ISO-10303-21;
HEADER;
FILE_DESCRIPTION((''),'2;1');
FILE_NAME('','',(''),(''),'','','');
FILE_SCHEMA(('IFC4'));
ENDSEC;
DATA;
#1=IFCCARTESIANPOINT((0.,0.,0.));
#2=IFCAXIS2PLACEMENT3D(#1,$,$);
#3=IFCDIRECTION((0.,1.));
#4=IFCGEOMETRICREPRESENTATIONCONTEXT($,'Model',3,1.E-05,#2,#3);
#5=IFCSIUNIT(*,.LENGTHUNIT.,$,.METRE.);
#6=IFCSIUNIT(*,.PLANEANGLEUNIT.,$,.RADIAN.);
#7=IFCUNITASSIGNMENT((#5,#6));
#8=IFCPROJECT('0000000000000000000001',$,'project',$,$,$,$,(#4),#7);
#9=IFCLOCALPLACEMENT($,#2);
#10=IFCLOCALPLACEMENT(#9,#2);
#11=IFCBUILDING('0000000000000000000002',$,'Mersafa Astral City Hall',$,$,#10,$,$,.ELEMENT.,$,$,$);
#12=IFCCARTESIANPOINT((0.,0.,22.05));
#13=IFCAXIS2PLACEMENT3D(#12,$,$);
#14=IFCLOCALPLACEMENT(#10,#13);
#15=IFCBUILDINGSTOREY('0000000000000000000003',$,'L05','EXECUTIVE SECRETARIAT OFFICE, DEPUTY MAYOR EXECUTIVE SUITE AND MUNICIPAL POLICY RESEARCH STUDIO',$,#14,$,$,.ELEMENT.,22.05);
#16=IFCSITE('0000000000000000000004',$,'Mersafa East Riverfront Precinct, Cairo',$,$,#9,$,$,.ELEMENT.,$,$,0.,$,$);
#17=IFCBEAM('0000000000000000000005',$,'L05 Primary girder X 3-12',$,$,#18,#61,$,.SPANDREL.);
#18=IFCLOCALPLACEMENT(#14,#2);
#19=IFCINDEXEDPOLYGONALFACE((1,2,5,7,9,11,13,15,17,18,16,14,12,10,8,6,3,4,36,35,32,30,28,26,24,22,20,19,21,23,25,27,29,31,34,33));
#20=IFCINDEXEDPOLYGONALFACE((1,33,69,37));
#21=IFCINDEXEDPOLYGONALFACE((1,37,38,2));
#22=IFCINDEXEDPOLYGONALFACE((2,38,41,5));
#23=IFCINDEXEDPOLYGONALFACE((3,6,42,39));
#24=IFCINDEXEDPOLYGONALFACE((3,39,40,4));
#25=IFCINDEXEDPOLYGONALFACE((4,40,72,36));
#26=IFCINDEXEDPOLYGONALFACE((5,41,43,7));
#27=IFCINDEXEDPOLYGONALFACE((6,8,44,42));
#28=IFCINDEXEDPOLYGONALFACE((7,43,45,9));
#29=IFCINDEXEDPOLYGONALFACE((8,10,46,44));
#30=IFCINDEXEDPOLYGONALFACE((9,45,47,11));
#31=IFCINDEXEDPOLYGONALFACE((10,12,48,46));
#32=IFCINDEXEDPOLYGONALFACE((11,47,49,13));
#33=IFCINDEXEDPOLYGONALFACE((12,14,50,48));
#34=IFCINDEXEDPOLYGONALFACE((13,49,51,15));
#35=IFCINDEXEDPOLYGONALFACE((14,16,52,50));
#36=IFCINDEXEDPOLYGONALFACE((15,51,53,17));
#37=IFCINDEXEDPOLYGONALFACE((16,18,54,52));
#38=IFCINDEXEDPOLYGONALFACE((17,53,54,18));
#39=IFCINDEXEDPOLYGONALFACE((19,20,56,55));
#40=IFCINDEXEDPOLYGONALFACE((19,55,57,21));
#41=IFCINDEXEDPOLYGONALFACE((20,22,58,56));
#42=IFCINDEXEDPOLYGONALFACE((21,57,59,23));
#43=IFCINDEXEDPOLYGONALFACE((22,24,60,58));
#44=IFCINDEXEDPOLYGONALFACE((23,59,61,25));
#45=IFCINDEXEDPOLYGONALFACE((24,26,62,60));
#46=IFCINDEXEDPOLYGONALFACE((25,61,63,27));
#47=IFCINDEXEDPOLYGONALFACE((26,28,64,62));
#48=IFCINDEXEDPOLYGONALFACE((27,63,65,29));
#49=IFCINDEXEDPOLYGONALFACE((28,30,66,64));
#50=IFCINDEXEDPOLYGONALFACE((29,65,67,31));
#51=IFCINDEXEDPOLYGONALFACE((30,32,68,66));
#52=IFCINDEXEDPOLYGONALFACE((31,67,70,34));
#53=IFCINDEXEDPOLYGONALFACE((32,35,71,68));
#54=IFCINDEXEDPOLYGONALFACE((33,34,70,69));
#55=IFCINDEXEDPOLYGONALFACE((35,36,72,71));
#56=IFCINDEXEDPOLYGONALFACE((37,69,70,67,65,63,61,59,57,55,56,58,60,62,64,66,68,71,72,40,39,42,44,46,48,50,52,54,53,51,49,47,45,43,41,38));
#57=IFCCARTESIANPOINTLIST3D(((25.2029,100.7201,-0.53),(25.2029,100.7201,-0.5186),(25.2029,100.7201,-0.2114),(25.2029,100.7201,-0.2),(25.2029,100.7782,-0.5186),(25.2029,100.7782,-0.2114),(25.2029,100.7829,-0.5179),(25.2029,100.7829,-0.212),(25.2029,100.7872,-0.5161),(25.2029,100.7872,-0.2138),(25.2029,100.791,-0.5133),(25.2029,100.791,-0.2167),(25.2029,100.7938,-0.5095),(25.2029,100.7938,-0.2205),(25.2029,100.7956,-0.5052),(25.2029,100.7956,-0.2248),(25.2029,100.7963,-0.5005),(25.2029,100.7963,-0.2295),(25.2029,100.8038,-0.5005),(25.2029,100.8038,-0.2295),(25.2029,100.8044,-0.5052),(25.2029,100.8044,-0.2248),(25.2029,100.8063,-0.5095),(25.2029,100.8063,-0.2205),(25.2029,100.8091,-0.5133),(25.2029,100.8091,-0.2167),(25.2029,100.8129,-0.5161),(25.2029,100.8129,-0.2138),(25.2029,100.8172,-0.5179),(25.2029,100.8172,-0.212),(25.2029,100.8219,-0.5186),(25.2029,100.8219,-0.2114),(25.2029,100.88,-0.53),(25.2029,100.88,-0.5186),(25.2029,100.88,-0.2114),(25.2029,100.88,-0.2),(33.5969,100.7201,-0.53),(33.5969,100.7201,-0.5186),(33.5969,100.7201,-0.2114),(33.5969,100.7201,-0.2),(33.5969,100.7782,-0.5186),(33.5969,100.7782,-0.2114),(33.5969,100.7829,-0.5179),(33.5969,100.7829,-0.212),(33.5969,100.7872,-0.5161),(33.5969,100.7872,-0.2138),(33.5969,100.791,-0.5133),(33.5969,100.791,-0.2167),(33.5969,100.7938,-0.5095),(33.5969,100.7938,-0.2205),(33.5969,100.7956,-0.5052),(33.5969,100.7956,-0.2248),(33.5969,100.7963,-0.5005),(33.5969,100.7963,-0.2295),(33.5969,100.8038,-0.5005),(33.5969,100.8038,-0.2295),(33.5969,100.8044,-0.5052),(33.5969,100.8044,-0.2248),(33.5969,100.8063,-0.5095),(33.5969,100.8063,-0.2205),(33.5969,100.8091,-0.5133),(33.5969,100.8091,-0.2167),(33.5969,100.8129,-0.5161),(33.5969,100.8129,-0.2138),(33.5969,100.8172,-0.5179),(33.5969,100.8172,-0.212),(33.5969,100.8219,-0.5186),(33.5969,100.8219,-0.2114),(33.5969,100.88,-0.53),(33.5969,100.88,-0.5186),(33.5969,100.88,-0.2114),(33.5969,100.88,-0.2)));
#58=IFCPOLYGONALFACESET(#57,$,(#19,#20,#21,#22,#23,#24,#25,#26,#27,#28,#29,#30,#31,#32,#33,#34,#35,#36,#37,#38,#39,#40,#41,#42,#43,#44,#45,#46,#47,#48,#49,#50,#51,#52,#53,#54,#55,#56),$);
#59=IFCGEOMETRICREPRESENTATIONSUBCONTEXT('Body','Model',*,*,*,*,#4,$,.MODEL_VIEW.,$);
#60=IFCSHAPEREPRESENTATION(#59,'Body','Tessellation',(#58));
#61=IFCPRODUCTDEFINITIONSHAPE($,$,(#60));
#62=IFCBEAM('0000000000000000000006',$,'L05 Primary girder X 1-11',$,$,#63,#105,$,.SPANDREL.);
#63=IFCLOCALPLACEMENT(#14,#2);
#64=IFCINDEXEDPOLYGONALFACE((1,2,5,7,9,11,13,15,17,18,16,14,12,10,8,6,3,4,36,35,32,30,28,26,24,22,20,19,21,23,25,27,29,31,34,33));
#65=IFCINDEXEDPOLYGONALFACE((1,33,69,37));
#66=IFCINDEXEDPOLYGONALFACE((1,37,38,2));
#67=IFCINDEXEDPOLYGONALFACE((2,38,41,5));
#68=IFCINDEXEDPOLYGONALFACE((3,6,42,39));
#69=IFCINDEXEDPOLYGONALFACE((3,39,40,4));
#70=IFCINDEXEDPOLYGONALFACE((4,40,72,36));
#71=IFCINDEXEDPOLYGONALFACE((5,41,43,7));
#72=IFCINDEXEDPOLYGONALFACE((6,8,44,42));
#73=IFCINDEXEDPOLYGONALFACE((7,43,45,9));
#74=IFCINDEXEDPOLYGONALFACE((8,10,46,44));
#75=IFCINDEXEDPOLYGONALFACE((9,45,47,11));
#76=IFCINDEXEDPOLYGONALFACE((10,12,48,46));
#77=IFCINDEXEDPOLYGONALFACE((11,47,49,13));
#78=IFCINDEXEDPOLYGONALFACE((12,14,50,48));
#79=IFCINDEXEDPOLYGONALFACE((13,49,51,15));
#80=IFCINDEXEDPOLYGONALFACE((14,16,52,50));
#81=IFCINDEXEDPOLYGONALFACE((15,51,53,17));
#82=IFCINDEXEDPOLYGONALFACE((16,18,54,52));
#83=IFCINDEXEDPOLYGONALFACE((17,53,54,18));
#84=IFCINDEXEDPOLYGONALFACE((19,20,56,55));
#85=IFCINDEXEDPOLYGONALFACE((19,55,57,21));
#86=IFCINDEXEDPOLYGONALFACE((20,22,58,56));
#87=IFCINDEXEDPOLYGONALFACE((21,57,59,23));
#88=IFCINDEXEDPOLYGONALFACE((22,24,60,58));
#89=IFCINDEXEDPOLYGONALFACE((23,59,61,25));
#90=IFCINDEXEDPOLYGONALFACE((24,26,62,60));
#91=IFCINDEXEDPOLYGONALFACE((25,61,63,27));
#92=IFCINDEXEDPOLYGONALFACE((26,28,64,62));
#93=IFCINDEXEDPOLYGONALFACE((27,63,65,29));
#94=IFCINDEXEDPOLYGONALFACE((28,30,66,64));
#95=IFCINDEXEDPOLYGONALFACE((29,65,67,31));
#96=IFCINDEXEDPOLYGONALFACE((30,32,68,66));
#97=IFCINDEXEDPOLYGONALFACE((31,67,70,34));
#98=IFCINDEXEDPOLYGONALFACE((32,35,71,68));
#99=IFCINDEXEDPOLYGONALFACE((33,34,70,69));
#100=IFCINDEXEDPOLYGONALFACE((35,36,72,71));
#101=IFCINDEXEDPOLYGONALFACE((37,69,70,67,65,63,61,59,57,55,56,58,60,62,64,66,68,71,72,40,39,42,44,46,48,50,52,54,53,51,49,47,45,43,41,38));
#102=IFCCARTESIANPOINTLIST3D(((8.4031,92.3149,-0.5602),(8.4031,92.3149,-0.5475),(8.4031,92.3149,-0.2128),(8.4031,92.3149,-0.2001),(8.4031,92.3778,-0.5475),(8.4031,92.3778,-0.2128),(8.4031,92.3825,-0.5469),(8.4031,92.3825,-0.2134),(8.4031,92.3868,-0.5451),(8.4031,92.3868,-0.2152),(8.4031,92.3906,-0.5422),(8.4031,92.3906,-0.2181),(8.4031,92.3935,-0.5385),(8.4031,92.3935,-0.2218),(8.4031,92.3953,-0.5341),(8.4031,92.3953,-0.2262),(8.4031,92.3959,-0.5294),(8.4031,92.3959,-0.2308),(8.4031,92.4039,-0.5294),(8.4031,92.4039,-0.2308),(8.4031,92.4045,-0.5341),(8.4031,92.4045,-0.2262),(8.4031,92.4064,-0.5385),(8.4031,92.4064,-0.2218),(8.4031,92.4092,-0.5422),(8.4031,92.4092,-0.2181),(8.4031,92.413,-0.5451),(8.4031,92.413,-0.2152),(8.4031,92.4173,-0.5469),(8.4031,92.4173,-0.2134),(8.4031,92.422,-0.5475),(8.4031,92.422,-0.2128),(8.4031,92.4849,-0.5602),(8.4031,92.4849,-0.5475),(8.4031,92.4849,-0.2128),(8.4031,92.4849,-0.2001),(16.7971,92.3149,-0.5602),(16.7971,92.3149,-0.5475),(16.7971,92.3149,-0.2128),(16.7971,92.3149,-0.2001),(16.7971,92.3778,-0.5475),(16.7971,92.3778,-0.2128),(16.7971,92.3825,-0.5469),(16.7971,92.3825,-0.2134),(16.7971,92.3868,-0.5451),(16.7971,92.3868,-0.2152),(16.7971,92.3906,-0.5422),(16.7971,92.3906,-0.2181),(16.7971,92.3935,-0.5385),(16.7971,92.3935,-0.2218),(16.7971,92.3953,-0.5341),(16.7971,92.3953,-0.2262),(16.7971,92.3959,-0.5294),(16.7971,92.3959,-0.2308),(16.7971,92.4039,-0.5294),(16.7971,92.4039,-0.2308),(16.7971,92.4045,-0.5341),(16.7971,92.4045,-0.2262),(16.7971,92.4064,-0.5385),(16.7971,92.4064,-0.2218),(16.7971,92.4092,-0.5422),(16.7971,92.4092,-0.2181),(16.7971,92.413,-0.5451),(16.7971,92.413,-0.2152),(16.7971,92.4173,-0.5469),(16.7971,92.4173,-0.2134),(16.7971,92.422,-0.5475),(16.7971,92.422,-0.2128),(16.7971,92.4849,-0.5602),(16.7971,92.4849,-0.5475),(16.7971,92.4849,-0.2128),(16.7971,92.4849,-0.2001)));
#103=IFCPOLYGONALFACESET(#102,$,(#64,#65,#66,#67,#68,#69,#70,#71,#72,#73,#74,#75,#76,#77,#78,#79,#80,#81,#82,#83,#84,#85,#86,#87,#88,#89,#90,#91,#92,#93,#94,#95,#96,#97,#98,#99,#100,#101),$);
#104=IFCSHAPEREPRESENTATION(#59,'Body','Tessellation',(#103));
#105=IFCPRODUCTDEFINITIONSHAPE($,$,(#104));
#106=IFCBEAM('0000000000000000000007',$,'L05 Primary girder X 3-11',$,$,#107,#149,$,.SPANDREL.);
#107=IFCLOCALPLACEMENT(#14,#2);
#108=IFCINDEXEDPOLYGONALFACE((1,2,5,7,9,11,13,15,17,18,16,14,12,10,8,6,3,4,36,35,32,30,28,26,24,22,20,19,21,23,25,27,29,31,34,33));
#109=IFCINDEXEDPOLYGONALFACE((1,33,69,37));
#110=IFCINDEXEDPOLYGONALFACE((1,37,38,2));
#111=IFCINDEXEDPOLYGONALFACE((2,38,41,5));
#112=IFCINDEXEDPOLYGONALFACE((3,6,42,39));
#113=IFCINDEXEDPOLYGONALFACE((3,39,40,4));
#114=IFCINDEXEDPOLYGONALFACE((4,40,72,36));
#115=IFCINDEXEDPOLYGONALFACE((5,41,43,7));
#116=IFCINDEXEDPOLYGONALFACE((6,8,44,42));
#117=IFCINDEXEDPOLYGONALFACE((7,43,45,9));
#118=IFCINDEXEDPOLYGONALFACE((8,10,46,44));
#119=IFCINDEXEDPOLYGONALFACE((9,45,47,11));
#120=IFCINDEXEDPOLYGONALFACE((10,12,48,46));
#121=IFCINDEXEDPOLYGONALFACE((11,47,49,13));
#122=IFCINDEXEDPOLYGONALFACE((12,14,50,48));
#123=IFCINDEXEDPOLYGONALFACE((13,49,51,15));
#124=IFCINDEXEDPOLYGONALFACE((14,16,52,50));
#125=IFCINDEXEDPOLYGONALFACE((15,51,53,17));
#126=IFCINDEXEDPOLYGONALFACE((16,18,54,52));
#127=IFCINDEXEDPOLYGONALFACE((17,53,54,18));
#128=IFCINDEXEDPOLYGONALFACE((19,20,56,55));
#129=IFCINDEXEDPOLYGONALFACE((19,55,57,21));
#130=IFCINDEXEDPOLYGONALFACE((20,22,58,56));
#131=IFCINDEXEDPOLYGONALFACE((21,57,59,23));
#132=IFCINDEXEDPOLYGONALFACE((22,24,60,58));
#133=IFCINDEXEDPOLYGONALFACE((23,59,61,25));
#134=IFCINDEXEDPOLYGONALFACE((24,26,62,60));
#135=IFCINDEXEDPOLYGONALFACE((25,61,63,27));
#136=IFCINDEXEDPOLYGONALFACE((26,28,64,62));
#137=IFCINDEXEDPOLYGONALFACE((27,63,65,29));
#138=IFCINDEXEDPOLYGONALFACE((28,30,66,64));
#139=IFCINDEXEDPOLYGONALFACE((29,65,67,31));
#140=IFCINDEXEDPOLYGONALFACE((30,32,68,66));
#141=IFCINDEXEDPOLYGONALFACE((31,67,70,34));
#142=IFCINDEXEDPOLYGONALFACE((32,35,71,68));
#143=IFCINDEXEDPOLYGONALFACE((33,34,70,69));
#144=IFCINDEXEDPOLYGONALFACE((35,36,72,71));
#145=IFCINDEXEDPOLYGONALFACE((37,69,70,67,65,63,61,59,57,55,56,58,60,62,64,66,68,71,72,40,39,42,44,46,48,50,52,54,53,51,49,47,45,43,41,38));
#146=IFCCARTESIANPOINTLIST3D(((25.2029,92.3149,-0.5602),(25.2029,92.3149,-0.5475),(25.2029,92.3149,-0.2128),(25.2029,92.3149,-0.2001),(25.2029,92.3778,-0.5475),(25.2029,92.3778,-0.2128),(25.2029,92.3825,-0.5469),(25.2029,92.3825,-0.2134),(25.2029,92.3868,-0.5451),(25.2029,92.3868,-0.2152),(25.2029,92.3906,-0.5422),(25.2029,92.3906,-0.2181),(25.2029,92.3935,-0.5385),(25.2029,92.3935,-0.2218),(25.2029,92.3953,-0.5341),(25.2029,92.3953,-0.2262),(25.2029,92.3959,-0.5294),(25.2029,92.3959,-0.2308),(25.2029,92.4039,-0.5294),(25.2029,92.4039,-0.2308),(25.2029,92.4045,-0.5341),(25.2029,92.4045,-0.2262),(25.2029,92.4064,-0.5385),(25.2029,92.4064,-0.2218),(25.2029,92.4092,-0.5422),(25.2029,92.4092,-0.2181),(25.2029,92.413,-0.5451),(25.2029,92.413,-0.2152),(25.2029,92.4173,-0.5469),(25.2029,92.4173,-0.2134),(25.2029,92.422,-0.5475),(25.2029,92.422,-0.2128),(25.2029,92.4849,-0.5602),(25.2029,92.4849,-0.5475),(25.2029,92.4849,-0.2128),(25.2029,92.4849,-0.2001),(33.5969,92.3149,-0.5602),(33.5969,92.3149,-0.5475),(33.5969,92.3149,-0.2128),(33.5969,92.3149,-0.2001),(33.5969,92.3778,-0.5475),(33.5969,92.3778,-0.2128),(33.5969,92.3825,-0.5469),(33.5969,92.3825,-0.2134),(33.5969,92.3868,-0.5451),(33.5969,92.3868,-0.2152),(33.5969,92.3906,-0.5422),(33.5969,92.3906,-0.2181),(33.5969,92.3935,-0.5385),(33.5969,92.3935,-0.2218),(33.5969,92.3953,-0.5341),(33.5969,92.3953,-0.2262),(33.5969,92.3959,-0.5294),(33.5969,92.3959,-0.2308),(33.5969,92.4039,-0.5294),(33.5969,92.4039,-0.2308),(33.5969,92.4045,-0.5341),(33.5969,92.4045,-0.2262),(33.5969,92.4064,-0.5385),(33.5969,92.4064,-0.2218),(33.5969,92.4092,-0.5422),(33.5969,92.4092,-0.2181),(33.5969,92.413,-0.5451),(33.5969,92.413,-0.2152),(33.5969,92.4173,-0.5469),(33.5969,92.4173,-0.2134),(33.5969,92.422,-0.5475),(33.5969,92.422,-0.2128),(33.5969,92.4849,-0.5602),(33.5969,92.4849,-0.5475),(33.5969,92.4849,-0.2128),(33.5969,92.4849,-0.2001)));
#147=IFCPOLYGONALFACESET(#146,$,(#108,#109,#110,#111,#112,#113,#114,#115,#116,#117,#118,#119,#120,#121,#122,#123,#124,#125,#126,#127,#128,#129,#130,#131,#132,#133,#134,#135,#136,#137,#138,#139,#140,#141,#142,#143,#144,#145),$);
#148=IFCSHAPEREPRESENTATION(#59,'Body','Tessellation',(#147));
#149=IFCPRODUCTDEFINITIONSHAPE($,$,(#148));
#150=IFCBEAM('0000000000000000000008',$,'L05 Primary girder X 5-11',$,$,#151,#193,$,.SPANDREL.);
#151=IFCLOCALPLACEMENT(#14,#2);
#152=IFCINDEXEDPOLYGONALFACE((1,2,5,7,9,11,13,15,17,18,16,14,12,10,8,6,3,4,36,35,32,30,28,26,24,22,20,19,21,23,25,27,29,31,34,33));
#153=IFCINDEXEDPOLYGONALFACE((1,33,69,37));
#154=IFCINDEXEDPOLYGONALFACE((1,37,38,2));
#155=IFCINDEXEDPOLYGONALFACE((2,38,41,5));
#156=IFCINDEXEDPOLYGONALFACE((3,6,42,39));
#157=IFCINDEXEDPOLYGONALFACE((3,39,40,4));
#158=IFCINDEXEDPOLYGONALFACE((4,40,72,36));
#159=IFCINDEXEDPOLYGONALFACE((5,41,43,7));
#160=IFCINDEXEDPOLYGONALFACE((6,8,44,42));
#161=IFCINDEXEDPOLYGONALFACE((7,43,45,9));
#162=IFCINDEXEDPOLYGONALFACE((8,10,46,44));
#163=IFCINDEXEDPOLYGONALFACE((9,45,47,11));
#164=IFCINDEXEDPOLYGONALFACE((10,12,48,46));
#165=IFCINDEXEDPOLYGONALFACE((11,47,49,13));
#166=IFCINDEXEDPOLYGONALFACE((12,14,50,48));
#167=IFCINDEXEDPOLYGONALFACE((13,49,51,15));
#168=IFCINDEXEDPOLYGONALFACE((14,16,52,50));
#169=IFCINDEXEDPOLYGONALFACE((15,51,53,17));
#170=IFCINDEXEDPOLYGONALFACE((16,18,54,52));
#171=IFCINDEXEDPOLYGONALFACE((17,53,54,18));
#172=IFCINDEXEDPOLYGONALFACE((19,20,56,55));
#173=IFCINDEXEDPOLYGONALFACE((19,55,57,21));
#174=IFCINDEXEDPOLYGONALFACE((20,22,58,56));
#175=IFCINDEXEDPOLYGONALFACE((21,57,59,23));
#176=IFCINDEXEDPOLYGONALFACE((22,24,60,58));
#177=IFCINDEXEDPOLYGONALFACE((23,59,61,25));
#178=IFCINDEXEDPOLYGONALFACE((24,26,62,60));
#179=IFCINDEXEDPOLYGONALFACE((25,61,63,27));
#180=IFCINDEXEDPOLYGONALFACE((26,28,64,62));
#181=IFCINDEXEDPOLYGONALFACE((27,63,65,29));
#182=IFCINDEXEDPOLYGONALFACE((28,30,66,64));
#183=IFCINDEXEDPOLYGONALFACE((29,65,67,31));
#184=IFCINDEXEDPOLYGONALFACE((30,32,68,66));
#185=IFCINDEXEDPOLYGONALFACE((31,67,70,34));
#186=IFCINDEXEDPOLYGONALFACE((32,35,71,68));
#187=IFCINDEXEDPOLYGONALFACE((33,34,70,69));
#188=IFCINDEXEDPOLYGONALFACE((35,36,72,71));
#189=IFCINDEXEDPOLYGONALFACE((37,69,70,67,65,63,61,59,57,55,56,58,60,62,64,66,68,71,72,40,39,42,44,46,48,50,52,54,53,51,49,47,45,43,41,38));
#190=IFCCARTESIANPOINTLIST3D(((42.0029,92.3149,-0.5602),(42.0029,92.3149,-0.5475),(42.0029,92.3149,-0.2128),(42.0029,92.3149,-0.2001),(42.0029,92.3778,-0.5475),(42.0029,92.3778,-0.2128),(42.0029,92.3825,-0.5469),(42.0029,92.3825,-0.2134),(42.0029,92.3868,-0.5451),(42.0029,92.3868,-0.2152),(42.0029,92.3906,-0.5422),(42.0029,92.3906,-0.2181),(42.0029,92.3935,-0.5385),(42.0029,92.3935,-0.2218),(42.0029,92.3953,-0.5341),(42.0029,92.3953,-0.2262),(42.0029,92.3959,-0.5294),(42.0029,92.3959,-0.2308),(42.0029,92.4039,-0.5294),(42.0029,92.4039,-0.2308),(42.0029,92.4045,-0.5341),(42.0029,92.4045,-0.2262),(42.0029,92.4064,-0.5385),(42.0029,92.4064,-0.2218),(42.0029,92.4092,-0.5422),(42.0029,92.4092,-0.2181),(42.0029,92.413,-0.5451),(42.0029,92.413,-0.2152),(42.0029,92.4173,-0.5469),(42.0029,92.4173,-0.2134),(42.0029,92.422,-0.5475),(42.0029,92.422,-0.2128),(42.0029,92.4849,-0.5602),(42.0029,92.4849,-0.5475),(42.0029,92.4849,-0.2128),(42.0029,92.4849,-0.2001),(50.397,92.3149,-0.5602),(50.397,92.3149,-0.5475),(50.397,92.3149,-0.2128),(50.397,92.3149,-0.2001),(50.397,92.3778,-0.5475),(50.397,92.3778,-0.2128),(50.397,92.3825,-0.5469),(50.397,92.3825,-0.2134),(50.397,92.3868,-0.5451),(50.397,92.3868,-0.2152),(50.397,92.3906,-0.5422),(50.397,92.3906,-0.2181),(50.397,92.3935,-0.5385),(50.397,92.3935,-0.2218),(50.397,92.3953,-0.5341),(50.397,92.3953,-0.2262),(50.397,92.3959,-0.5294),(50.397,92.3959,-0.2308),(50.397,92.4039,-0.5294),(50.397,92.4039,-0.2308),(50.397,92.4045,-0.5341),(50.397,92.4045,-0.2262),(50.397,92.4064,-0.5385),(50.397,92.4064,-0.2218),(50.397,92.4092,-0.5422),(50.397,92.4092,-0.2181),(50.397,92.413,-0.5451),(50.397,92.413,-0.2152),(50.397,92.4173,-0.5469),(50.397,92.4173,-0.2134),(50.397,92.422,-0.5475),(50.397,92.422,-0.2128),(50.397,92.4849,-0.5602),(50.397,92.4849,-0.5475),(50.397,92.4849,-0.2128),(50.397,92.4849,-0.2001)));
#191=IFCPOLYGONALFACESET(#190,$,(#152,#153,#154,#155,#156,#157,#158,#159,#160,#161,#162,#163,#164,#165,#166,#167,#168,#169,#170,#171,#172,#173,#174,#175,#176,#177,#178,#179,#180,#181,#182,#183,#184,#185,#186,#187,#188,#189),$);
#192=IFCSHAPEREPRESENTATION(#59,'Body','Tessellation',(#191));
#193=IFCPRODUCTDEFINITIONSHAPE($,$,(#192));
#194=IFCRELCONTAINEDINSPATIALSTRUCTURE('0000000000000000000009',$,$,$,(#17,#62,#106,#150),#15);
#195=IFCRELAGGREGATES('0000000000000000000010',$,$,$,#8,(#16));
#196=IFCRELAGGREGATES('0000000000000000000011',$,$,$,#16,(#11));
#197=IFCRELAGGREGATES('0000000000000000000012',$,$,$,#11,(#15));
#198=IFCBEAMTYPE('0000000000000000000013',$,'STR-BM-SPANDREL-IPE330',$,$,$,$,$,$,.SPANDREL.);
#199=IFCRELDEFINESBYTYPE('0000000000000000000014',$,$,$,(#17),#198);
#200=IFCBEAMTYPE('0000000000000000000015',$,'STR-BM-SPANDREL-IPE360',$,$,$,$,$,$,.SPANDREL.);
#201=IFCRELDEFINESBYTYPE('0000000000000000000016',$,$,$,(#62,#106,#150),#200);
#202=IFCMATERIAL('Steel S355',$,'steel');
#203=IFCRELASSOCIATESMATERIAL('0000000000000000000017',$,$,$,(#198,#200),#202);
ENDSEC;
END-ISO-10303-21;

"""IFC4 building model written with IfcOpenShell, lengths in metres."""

from ifc_helpers import new_model, si_unit, direction, frame, origin, origin_2d, place, context, subcontext, project, spatial, i_section, extrude, material, material_profile, profile_set, type_object, element, save


model = new_model("IFC4")

# Units and contexts
model_context = context("Model", 3, precision=1e-05, world=origin(), true_north=direction((0.0, 1.0)))
body_context = subcontext(model_context, "Body", "Model", "MODEL_VIEW")
ifc_project = project(units=[si_unit("LENGTHUNIT", "METRE"), si_unit("PLANEANGLEUNIT", "RADIAN")], contexts=[model_context])

# Site, building, storey
site_placement = place(None, origin())
site = spatial("IfcSite", under=ifc_project, at=site_placement, Name="Mersafa East Riverfront Precinct, Cairo", CompositionType="ELEMENT", RefElevation=0.0)
building_placement = place(site_placement, origin())
building = spatial("IfcBuilding", under=site, at=building_placement, Name="Mersafa Astral City Hall", CompositionType="ELEMENT")
storey_placement = place(building_placement, frame((0.0, 0.0, 22.05)))
storey = spatial("IfcBuildingStorey", under=building, at=storey_placement, Name="L05", Description="EXECUTIVE SECRETARIAT OFFICE, DEPUTY MAYOR EXECUTIVE SUITE AND MUNICIPAL POLICY RESEARCH STUDIO", CompositionType="ELEMENT", Elevation=22.05)

# Beams
ifc_material = material(Name="Steel S355", Category="steel")
ifc_material_profile_1 = material_profile(ifc_material, i_section(OverallWidth=0.1599, OverallDepth=0.3301, WebThickness=0.0076, FlangeThickness=0.0115, FilletRadius=0.0181, at=origin_2d()), Name="IPE 330")
ifc_profile_set_1 = profile_set([ifc_material_profile_1], Name="Steel S355")
beam_type_1 = type_object("IfcBeamType", Name="STR-BM-SPANDREL-IPE330", PredefinedType="SPANDREL", material=ifc_profile_set_1)
for number, where, z_axis, x_axis, name in (
    (1, (25.2029, 100.8, -0.365), (1.0, 0.0, 0.0), (0.0, 1.0, 0.0), "L05 Primary girder X 3-12"),
):
    element("IfcBeam", number, at=place(storey_placement, frame(where, z_axis=z_axis, x_axis=x_axis)), inside=storey, type_object=beam_type_1, Name=name, PredefinedType="SPANDREL", context=body_context, shape_type="SweptSolid", body=[
        extrude(i_section(OverallWidth=0.1599, OverallDepth=0.3301, WebThickness=0.0076, FlangeThickness=0.0115, FilletRadius=0.0181, at=origin_2d()), origin(), (0.0, 0.0, 1.0), 8.394),
    ])
ifc_material_profile_2 = material_profile(ifc_material, i_section(OverallWidth=0.1699, OverallDepth=0.3601, WebThickness=0.0081, FlangeThickness=0.0127, FilletRadius=0.0181, at=origin_2d()), Name="IPE 360")
ifc_profile_set_2 = profile_set([ifc_material_profile_2], Name="Steel S355")
beam_type_2 = type_object("IfcBeamType", Name="STR-BM-SPANDREL-IPE360", PredefinedType="SPANDREL", material=ifc_profile_set_2)
for number, where, z_axis, x_axis, name in (
    (2, (8.4031, 92.3999, -0.3801), (1.0, 0.0, 0.0), (0.0, 1.0, 0.0), "L05 Primary girder X 1-11"),
    (3, (25.2029, 92.3999, -0.3801), (1.0, 0.0, 0.0), (0.0, 1.0, 0.0), "L05 Primary girder X 3-11"),
    (4, (42.0029, 92.3999, -0.3801), (1.0, 0.0, 0.0), (0.0, 1.0, 0.0), "L05 Primary girder X 5-11"),
):
    element("IfcBeam", number, at=place(storey_placement, frame(where, z_axis=z_axis, x_axis=x_axis)), inside=storey, type_object=beam_type_2, Name=name, PredefinedType="SPANDREL", context=body_context, shape_type="SweptSolid", body=[
        extrude(i_section(OverallWidth=0.1699, OverallDepth=0.3601, WebThickness=0.0081, FlangeThickness=0.0127, FilletRadius=0.0181, at=origin_2d()), origin(), (0.0, 0.0, 1.0), 8.394),
    ])

save(model, "model.ifc")
